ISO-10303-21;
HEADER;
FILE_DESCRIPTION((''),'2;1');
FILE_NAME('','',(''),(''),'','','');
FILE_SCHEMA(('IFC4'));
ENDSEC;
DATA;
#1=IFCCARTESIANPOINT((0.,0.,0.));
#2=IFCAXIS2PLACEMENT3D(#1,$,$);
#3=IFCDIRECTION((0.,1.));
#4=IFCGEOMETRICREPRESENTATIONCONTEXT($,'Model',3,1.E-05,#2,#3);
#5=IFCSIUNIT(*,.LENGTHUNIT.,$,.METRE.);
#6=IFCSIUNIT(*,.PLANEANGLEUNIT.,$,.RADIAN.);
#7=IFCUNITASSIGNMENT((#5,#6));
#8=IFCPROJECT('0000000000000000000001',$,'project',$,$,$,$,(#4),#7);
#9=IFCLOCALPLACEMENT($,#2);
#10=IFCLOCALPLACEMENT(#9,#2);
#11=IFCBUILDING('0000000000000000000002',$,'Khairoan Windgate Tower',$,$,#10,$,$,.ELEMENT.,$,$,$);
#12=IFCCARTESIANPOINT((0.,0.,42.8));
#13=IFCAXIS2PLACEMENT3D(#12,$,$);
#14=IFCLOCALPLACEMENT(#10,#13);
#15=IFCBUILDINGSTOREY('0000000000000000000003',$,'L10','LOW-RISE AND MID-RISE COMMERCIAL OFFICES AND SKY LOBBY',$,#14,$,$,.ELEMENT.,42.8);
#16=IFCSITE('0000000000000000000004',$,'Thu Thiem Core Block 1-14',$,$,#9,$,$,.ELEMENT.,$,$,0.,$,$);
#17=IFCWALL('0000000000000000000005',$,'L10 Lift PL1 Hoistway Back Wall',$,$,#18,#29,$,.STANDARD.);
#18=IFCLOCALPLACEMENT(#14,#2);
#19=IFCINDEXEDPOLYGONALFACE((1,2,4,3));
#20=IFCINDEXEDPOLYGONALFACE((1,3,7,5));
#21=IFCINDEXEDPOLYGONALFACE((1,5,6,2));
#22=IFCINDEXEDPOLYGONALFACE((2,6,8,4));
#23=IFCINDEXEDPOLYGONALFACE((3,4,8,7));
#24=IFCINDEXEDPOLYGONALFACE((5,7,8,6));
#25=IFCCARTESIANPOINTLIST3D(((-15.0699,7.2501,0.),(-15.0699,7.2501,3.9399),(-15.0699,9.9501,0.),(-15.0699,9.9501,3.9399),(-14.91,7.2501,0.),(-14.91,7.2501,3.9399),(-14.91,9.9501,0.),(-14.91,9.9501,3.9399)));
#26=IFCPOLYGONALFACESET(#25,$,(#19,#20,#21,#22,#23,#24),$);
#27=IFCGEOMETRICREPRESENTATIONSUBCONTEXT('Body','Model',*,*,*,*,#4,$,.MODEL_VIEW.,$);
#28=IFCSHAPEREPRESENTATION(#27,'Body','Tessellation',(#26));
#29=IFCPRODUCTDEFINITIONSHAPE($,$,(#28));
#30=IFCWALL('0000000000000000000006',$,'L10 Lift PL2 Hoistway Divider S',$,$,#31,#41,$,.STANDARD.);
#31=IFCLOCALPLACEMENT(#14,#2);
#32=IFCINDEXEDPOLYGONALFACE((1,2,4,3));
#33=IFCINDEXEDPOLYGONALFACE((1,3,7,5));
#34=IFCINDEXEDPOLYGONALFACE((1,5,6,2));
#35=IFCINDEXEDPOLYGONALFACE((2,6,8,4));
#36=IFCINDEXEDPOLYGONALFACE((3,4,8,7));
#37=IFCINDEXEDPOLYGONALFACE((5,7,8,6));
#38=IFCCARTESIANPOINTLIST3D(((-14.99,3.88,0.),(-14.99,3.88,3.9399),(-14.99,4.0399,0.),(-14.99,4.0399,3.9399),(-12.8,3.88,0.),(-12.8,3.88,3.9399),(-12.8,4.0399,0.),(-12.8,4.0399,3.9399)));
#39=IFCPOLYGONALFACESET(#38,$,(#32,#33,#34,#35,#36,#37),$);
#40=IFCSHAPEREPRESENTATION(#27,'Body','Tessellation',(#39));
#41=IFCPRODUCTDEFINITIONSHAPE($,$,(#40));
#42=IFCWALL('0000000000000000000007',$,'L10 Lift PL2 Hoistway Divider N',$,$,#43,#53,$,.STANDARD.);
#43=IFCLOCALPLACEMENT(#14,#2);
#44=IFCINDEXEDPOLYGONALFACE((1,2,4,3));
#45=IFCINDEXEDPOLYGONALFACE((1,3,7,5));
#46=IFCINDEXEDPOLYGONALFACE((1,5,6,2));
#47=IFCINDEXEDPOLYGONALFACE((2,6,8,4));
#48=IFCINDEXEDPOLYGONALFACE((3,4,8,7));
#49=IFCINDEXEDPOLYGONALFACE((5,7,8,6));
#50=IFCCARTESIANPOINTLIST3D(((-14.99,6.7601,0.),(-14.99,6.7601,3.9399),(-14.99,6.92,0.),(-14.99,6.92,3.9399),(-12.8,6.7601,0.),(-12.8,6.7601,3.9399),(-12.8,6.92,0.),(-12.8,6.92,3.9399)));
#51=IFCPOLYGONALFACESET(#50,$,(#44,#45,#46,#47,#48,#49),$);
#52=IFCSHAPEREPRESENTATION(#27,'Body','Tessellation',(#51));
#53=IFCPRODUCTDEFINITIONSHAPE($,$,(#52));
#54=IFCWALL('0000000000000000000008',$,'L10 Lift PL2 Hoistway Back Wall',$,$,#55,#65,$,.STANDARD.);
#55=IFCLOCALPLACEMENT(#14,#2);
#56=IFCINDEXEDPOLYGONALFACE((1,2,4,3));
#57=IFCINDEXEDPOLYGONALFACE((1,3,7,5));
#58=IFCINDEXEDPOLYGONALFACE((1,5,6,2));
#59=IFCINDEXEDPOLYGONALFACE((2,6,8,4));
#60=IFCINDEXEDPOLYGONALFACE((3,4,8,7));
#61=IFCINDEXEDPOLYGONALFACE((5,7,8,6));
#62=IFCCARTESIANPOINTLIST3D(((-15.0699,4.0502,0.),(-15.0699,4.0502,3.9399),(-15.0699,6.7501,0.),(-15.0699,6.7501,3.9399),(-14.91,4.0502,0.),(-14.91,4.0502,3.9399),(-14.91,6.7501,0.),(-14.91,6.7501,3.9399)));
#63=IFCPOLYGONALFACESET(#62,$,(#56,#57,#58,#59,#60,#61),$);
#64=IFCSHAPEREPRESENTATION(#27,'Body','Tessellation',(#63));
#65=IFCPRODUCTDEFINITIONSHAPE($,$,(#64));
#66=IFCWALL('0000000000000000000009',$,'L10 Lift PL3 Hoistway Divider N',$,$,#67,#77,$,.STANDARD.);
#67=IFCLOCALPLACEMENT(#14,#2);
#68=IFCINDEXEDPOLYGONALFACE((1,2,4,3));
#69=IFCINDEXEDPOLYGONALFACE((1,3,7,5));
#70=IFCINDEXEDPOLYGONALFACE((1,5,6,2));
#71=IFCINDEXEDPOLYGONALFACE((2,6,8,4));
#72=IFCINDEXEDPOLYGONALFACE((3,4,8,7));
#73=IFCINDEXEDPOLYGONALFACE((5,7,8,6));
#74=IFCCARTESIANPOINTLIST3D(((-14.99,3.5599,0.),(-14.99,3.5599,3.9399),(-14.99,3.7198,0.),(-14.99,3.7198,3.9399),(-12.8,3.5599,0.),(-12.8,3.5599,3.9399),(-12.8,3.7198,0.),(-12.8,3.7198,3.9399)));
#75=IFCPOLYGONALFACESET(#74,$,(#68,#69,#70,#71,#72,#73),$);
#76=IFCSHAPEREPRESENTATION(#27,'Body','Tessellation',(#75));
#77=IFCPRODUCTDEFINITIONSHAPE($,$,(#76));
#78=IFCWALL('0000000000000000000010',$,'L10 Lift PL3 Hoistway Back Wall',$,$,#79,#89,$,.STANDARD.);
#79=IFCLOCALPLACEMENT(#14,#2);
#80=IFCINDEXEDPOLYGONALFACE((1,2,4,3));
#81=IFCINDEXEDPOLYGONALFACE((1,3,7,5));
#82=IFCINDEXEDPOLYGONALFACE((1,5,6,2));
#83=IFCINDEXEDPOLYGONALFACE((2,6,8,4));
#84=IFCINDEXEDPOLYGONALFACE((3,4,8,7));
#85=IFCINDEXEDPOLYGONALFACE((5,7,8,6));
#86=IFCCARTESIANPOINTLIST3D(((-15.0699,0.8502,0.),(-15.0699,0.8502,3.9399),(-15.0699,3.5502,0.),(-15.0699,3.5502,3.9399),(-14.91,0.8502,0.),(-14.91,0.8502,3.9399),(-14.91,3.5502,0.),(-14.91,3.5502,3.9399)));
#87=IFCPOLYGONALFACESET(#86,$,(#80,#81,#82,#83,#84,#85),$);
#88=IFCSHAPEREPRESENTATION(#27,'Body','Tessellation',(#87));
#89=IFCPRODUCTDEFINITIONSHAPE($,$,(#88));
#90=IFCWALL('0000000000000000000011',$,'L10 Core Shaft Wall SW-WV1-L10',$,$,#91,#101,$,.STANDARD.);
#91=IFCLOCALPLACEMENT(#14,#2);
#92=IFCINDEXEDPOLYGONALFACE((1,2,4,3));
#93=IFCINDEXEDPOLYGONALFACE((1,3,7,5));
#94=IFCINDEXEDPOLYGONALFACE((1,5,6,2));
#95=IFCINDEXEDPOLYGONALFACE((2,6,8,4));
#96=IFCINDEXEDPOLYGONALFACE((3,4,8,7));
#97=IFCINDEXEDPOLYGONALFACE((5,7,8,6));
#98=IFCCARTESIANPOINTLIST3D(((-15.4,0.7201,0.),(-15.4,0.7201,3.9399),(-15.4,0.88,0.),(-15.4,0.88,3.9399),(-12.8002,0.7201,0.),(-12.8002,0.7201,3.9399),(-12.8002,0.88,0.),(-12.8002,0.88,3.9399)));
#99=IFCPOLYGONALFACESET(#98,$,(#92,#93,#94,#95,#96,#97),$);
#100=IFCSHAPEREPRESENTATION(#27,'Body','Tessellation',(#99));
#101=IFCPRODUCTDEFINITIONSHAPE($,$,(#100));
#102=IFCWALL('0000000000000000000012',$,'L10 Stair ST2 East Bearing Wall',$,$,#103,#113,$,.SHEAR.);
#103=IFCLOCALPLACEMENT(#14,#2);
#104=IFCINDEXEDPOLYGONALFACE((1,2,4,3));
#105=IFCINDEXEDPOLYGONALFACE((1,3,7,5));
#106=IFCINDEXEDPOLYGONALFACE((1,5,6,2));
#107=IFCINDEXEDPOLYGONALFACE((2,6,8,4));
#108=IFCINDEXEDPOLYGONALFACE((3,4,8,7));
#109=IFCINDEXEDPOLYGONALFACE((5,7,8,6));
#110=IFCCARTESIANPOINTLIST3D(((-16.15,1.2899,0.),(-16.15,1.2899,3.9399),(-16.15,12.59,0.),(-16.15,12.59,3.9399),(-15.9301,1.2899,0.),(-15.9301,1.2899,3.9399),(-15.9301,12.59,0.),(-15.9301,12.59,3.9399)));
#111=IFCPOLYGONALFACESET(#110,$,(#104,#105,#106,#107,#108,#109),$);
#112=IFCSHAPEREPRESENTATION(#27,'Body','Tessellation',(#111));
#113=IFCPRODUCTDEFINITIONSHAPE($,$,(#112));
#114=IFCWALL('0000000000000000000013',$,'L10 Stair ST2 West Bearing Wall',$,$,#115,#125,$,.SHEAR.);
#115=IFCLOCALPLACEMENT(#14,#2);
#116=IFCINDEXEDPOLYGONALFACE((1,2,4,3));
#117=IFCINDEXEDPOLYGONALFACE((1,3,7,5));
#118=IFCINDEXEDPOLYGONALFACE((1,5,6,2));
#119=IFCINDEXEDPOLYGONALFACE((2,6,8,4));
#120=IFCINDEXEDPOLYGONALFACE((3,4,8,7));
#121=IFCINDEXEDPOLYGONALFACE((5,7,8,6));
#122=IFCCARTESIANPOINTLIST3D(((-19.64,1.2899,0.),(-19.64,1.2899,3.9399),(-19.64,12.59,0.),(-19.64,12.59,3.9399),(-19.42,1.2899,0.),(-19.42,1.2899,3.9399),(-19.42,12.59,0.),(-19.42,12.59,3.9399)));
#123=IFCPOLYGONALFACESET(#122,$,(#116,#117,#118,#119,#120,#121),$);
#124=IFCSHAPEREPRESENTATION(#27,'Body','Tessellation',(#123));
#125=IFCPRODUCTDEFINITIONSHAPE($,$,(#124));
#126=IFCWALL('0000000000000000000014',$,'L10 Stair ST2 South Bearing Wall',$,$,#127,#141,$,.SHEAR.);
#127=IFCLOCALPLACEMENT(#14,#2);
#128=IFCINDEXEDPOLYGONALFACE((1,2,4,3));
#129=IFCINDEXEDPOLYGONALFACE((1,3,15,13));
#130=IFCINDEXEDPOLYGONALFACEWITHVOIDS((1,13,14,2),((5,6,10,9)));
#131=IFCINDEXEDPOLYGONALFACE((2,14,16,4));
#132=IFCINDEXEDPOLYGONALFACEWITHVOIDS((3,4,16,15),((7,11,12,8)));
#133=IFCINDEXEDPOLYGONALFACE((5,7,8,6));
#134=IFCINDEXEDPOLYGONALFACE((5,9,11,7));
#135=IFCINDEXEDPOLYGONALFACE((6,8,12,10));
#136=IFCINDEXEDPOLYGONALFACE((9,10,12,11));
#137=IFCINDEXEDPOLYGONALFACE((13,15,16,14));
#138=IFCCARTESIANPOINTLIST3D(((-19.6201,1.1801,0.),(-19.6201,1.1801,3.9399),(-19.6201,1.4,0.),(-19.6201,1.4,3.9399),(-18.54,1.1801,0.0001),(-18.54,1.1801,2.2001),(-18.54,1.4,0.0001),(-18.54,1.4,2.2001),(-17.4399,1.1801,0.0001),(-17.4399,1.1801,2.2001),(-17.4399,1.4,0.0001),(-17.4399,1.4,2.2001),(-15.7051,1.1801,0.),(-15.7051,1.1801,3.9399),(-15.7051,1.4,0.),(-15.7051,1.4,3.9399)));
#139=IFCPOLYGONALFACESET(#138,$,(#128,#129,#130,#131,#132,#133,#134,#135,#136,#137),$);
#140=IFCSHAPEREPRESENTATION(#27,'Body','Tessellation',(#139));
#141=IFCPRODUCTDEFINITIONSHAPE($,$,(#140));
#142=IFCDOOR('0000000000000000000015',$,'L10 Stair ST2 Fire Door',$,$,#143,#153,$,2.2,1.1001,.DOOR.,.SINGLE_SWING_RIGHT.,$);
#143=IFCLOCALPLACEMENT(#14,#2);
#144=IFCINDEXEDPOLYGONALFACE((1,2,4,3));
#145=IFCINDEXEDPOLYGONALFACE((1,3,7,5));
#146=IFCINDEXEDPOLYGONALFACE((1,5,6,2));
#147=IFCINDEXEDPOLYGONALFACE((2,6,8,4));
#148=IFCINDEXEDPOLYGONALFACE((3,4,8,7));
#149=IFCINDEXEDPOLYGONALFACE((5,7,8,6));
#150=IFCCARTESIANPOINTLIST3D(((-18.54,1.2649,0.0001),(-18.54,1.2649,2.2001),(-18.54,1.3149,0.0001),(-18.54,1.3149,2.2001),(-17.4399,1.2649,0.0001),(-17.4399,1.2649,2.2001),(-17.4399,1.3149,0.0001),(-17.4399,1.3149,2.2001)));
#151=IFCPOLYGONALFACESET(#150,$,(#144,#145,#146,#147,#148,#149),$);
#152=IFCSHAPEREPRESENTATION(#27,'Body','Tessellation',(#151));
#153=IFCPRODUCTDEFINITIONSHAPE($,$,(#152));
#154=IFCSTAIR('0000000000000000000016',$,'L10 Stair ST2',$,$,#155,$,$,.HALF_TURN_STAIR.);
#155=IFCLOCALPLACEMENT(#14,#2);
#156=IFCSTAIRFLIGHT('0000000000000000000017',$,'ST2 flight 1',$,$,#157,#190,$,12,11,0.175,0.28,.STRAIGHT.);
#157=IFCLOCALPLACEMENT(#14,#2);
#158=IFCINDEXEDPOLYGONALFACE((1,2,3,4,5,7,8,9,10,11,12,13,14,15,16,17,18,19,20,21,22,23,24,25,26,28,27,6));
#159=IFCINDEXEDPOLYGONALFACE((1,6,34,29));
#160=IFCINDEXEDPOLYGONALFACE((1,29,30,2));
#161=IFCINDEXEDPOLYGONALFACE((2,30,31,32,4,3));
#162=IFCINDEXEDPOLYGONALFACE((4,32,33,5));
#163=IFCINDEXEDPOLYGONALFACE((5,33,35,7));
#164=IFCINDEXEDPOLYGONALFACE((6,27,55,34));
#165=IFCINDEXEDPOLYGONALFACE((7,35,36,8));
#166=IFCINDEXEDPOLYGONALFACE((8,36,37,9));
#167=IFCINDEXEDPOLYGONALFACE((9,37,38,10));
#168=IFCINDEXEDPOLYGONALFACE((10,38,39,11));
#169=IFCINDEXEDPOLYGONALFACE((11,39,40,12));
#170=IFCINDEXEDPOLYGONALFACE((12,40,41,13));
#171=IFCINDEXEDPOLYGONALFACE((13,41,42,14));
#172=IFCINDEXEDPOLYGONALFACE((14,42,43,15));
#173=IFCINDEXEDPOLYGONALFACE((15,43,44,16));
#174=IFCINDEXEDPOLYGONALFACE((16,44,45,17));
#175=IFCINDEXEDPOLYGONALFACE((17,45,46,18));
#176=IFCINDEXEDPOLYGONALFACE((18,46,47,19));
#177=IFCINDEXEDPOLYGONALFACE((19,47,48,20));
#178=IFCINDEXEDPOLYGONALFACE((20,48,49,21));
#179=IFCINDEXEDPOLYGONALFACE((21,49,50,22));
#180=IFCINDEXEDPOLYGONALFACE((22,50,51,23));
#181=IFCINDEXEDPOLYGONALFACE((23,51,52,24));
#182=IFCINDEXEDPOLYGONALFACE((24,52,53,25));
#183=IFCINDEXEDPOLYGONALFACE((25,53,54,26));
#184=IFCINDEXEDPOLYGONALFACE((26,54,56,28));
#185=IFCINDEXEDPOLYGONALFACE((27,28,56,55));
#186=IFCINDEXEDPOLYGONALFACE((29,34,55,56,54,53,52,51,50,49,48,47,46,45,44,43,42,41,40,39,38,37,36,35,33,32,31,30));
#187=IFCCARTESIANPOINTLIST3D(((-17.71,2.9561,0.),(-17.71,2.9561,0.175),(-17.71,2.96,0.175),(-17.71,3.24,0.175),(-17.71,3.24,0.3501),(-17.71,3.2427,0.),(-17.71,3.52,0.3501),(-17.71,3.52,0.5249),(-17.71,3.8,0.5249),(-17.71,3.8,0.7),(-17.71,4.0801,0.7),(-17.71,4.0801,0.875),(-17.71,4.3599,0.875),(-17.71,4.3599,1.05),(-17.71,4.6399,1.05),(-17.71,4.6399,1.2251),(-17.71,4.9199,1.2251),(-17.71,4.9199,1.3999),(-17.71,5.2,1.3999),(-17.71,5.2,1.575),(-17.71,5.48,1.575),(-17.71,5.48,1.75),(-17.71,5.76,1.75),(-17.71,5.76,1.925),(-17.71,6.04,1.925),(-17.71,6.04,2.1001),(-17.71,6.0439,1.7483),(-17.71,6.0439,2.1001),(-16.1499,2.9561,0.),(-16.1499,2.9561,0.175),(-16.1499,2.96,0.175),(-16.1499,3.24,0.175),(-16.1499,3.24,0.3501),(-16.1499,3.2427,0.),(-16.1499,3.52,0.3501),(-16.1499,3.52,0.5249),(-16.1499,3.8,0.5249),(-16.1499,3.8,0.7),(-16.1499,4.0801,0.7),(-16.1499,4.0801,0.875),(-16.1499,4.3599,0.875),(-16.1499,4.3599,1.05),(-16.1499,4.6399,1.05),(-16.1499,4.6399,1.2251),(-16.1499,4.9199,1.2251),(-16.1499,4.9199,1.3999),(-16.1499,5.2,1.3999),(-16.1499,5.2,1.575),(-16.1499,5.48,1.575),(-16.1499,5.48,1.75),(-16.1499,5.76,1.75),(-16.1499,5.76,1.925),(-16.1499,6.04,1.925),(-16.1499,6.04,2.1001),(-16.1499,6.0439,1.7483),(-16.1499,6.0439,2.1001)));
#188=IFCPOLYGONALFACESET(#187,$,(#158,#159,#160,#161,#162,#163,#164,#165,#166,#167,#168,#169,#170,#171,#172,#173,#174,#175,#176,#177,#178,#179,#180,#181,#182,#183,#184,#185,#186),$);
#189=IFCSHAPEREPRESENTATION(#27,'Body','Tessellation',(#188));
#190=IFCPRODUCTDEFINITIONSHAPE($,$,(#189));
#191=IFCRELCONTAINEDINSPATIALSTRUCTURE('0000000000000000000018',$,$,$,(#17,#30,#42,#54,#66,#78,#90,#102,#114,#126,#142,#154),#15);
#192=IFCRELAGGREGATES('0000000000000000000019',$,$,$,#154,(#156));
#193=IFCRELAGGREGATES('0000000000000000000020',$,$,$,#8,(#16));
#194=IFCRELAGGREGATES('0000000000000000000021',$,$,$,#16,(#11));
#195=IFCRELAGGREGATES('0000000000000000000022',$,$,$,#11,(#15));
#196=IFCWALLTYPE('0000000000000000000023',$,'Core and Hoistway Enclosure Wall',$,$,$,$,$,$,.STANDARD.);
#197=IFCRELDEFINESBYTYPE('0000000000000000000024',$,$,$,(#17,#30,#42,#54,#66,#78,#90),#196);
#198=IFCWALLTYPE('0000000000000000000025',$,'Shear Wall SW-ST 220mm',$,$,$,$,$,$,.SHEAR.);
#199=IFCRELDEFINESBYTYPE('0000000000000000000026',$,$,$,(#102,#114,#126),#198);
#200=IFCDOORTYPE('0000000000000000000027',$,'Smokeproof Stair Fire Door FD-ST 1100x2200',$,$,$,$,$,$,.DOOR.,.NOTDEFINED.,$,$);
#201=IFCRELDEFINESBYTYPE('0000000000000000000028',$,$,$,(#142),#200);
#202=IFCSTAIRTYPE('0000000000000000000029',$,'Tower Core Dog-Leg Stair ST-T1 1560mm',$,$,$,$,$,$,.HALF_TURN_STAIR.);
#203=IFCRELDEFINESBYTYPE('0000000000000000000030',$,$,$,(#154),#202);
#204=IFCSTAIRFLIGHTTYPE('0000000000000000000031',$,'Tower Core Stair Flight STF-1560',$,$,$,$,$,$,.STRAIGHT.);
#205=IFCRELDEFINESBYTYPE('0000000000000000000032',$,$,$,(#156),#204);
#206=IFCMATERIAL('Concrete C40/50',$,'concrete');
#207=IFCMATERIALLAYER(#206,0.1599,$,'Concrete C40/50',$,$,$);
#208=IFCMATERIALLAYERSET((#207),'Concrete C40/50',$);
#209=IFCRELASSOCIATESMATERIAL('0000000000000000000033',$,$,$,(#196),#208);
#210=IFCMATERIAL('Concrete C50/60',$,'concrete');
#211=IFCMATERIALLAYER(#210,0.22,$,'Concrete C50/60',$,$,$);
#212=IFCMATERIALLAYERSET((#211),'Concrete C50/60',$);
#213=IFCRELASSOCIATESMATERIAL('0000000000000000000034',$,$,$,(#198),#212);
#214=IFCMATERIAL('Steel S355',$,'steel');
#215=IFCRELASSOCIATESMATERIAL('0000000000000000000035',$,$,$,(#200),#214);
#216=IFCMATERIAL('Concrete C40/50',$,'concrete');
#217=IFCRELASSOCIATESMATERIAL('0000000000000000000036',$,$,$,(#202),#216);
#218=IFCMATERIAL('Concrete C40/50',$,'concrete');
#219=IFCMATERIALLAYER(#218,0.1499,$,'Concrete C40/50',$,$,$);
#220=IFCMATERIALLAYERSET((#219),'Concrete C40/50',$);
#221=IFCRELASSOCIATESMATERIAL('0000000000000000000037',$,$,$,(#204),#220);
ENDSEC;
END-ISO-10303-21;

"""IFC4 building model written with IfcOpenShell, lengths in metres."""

from ifc_helpers import new_model, si_unit, direction, frame, frame_2d, origin, place, context, subcontext, project, spatial, polyline, rectangle, outline, extrude, material, layer, layer_set, type_object, element, fill, aggregate, save


model = new_model("IFC4")

# Units and contexts
model_context = context("Model", 3, precision=1e-05, world=origin(), true_north=direction((0.0, 1.0)))
body_context = subcontext(model_context, "Body", "Model", "MODEL_VIEW")
ifc_project = project(units=[si_unit("LENGTHUNIT", "METRE"), si_unit("PLANEANGLEUNIT", "RADIAN")], contexts=[model_context])

# Site, building, storey
site_placement = place(None, origin())
site = spatial("IfcSite", under=ifc_project, at=site_placement, Name="Thu Thiem Core Block 1-14", CompositionType="ELEMENT", RefElevation=0.0)
building_placement = place(site_placement, origin())
building = spatial("IfcBuilding", under=site, at=building_placement, Name="Khairoan Windgate Tower", CompositionType="ELEMENT")
storey_placement = place(building_placement, frame((0.0, 0.0, 42.8)))
storey = spatial("IfcBuildingStorey", under=building, at=storey_placement, Name="L10", Description="LOW-RISE AND MID-RISE COMMERCIAL OFFICES AND SKY LOBBY", CompositionType="ELEMENT", Elevation=42.8)

# Walls
ifc_material_1 = material(Name="Concrete C40/50", Category="concrete")
ifc_layer_1 = layer(ifc_material_1, 0.1599, Name="Concrete C40/50")
ifc_layer_set_1 = layer_set([ifc_layer_1], Name="Concrete C40/50")
wall_type_1 = type_object("IfcWallType", Name="Core and Hoistway Enclosure Wall", PredefinedType="STANDARD", material=ifc_layer_set_1)
wall_1_placement = place(storey_placement, frame((-14.99, 7.25, 0.0), z_axis=(0.0, 0.0, 1.0), x_axis=(0.0, 1.0, 0.0)))
element("IfcWall", 1, at=wall_1_placement, inside=storey, type_object=wall_type_1, Name="L10 Lift PL1 Hoistway Back Wall", PredefinedType="STANDARD", context=body_context, shape_type="SweptSolid", body=[
    extrude(rectangle(XDim=2.7, YDim=0.1599, at=frame_2d((1.3501, 0.0))), origin(), (0.0, 0.0, 1.0), 3.9399),
])
for number, where, z_axis, x_axis, name in (
    (2, (-14.99, 3.96, 0.0), (0.0, 0.0, 1.0), (1.0, 0.0, 0.0), "L10 Lift PL2 Hoistway Divider S"),
    (3, (-14.99, 6.8401, 0.0), (0.0, 0.0, 1.0), (1.0, 0.0, 0.0), "L10 Lift PL2 Hoistway Divider N"),
):
    element("IfcWall", number, at=place(storey_placement, frame(where, z_axis=z_axis, x_axis=x_axis)), inside=storey, type_object=wall_type_1, Name=name, PredefinedType="STANDARD", context=body_context, shape_type="SweptSolid", body=[
        extrude(rectangle(XDim=2.1899, YDim=0.1599, at=frame_2d((1.095, 0.0))), origin(), (0.0, 0.0, 1.0), 3.9399),
    ])
wall_2_placement = place(storey_placement, frame((-14.99, 4.05, 0.0), z_axis=(0.0, 0.0, 1.0), x_axis=(0.0, 1.0, 0.0)))
element("IfcWall", 4, at=wall_2_placement, inside=storey, type_object=wall_type_1, Name="L10 Lift PL2 Hoistway Back Wall", PredefinedType="STANDARD", context=body_context, shape_type="SweptSolid", body=[
    extrude(rectangle(XDim=2.7, YDim=0.1599, at=frame_2d((1.3501, 0.0))), origin(), (0.0, 0.0, 1.0), 3.9399),
])
wall_3_placement = place(storey_placement, frame((-14.99, 3.6399, 0.0), z_axis=(0.0, 0.0, 1.0), x_axis=(1.0, 0.0, 0.0)))
element("IfcWall", 5, at=wall_3_placement, inside=storey, type_object=wall_type_1, Name="L10 Lift PL3 Hoistway Divider N", PredefinedType="STANDARD", context=body_context, shape_type="SweptSolid", body=[
    extrude(rectangle(XDim=2.1899, YDim=0.1599, at=frame_2d((1.095, 0.0))), origin(), (0.0, 0.0, 1.0), 3.9399),
])
wall_4_placement = place(storey_placement, frame((-14.99, 0.8501, 0.0), z_axis=(0.0, 0.0, 1.0), x_axis=(0.0, 1.0, 0.0)))
element("IfcWall", 6, at=wall_4_placement, inside=storey, type_object=wall_type_1, Name="L10 Lift PL3 Hoistway Back Wall", PredefinedType="STANDARD", context=body_context, shape_type="SweptSolid", body=[
    extrude(rectangle(XDim=2.7, YDim=0.1599, at=frame_2d((1.3501, 0.0))), origin(), (0.0, 0.0, 1.0), 3.9399),
])
wall_5_placement = place(storey_placement, frame((-15.3999, 0.8, 0.0), z_axis=(0.0, 0.0, 1.0), x_axis=(1.0, 0.0, 0.0)))
element("IfcWall", 7, at=wall_5_placement, inside=storey, type_object=wall_type_1, Name="L10 Core Shaft Wall SW-WV1-L10", PredefinedType="STANDARD", context=body_context, shape_type="SweptSolid", body=[
    extrude(rectangle(XDim=2.5999, YDim=0.1599, at=frame_2d((1.2998, 0.0))), origin(), (0.0, 0.0, 1.0), 3.9399),
])
ifc_material_2 = material(Name="Concrete C50/60", Category="concrete")
ifc_layer_2 = layer(ifc_material_2, 0.22, Name="Concrete C50/60")
ifc_layer_set_2 = layer_set([ifc_layer_2], Name="Concrete C50/60")
wall_type_2 = type_object("IfcWallType", Name="Shear Wall SW-ST 220mm", PredefinedType="SHEAR", material=ifc_layer_set_2)
for number, where, z_axis, x_axis, name in (
    (8, (-16.04, 1.29, 0.0), (0.0, 0.0, 1.0), (0.0, 1.0, 0.0), "L10 Stair ST2 East Bearing Wall"),
    (9, (-19.53, 1.29, 0.0), (0.0, 0.0, 1.0), (0.0, 1.0, 0.0), "L10 Stair ST2 West Bearing Wall"),
):
    element("IfcWall", number, at=place(storey_placement, frame(where, z_axis=z_axis, x_axis=x_axis)), inside=storey, type_object=wall_type_2, Name=name, PredefinedType="SHEAR", context=body_context, shape_type="SweptSolid", body=[
        extrude(rectangle(XDim=11.3, YDim=0.22, at=frame_2d((5.6499, 0.0))), origin(), (0.0, 0.0, 1.0), 3.9399),
    ])

# Wall, opening, door
wall_6_placement = place(storey_placement, frame((-19.6201, 1.29, 0.0), z_axis=(0.0, 0.0, 1.0), x_axis=(1.0, 0.0, 0.0)))
wall_6 = element("IfcWall", 10, at=wall_6_placement, inside=storey, type_object=wall_type_2, Name="L10 Stair ST2 South Bearing Wall", PredefinedType="SHEAR", context=body_context, shape_type="SweptSolid", body=[
    extrude(rectangle(XDim=3.915, YDim=0.22, at=frame_2d((1.9575, 0.0))), origin(), (0.0, 0.0, 1.0), 3.9399),
])
opening_placement = place(wall_6_placement, frame((1.0801, 0.0, 0.0)))
opening = element("IfcOpeningElement", 11, at=opening_placement, cuts=wall_6, PredefinedType="OPENING", context=body_context, shape_type="SweptSolid", body=[
    extrude(rectangle(XDim=1.1001, YDim=2.2, at=frame_2d((0.55, 1.1001))), frame((0.0, 0.1199, 0.0), z_axis=(0.0, -1.0, 0.0), x_axis=(1.0, 0.0, 0.0)), (0.0, 0.0, 1.0), 0.24),
])
ifc_material_3 = material(Name="Steel S355", Category="steel")
door_type = type_object("IfcDoorType", Name="Smokeproof Stair Fire Door FD-ST 1100x2200", OperationType="NOTDEFINED", PredefinedType="DOOR", material=ifc_material_3)
door_placement = place(opening_placement, origin())
door = element("IfcDoor", 12, at=door_placement, inside=storey, type_object=door_type, Name="L10 Stair ST2 Fire Door", OperationType="SINGLE_SWING_RIGHT", OverallHeight=2.2, OverallWidth=1.1001, PredefinedType="DOOR", context=body_context, shape_type="SweptSolid", body=[
    extrude(rectangle(XDim=1.1001, YDim=2.2, at=frame_2d((0.55, 1.1001))), frame((0.0, 0.0249, 0.0), z_axis=(0.0, -1.0, 0.0), x_axis=(1.0, 0.0, 0.0)), (0.0, 0.0, 1.0), 0.05),
])
fill(opening, door)

# Stair, stair flight
ifc_material_4 = material(Name="Concrete C40/50", Category="concrete")
stair_type = type_object("IfcStairType", Name="Tower Core Dog-Leg Stair ST-T1 1560mm", PredefinedType="HALF_TURN_STAIR", material=ifc_material_4)
stair_placement = place(storey_placement, origin())
stair = element("IfcStair", 13, at=stair_placement, inside=storey, type_object=stair_type, Name="L10 Stair ST2", PredefinedType="HALF_TURN_STAIR")
ifc_material_5 = material(Name="Concrete C40/50", Category="concrete")
ifc_layer_3 = layer(ifc_material_5, 0.1499, Name="Concrete C40/50")
ifc_layer_set_3 = layer_set([ifc_layer_3], Name="Concrete C40/50")
stair_flight_type = type_object("IfcStairFlightType", Name="Tower Core Stair Flight STF-1560", PredefinedType="STRAIGHT", material=ifc_layer_set_3)
stair_flight_1_placement = place(storey_placement, frame((-16.9299, 2.96, 0.0), z_axis=(0.0, 0.0, 1.0), x_axis=(0.0, 1.0, 0.0)))
stair_flight_1 = element("IfcStairFlight", 14, at=stair_flight_1_placement, type_object=stair_flight_type, Name="ST2 flight 1", NumberOfRisers=12, NumberOfTreads=11, PredefinedType="STRAIGHT", RiserHeight=0.175, TreadLength=0.28, context=body_context, shape_type="SweptSolid", body=[
    extrude(outline(polyline([(-0.0039, 0.0), (-0.0039, 0.175), (0.0, 0.175), (0.28, 0.175), (0.28, 0.3501), (0.5601, 0.3501), (0.5601, 0.5249), (0.8401, 0.5249), (0.8401, 0.7), (1.1201, 0.7), (1.1201, 0.875), (1.3999, 0.875), (1.3999, 1.05), (1.6799, 1.05), (1.6799, 1.2251), (1.96, 1.2251), (1.96, 1.3999), (2.24, 1.3999), (2.24, 1.575), (2.52, 1.575), (2.52, 1.75), (2.8, 1.75), (2.8, 1.925), (3.0801, 1.925), (3.0801, 2.1001), (3.084, 2.1001), (3.084, 1.7483), (0.2827, 0.0), (-0.0039, 0.0)])), frame((0.0, 0.78, 0.0), z_axis=(0.0, -1.0, 0.0), x_axis=(1.0, 0.0, 0.0)), (0.0, 0.0, 1.0), 1.5601),
])
aggregate(stair, [stair_flight_1])

save(model, "model.ifc")
